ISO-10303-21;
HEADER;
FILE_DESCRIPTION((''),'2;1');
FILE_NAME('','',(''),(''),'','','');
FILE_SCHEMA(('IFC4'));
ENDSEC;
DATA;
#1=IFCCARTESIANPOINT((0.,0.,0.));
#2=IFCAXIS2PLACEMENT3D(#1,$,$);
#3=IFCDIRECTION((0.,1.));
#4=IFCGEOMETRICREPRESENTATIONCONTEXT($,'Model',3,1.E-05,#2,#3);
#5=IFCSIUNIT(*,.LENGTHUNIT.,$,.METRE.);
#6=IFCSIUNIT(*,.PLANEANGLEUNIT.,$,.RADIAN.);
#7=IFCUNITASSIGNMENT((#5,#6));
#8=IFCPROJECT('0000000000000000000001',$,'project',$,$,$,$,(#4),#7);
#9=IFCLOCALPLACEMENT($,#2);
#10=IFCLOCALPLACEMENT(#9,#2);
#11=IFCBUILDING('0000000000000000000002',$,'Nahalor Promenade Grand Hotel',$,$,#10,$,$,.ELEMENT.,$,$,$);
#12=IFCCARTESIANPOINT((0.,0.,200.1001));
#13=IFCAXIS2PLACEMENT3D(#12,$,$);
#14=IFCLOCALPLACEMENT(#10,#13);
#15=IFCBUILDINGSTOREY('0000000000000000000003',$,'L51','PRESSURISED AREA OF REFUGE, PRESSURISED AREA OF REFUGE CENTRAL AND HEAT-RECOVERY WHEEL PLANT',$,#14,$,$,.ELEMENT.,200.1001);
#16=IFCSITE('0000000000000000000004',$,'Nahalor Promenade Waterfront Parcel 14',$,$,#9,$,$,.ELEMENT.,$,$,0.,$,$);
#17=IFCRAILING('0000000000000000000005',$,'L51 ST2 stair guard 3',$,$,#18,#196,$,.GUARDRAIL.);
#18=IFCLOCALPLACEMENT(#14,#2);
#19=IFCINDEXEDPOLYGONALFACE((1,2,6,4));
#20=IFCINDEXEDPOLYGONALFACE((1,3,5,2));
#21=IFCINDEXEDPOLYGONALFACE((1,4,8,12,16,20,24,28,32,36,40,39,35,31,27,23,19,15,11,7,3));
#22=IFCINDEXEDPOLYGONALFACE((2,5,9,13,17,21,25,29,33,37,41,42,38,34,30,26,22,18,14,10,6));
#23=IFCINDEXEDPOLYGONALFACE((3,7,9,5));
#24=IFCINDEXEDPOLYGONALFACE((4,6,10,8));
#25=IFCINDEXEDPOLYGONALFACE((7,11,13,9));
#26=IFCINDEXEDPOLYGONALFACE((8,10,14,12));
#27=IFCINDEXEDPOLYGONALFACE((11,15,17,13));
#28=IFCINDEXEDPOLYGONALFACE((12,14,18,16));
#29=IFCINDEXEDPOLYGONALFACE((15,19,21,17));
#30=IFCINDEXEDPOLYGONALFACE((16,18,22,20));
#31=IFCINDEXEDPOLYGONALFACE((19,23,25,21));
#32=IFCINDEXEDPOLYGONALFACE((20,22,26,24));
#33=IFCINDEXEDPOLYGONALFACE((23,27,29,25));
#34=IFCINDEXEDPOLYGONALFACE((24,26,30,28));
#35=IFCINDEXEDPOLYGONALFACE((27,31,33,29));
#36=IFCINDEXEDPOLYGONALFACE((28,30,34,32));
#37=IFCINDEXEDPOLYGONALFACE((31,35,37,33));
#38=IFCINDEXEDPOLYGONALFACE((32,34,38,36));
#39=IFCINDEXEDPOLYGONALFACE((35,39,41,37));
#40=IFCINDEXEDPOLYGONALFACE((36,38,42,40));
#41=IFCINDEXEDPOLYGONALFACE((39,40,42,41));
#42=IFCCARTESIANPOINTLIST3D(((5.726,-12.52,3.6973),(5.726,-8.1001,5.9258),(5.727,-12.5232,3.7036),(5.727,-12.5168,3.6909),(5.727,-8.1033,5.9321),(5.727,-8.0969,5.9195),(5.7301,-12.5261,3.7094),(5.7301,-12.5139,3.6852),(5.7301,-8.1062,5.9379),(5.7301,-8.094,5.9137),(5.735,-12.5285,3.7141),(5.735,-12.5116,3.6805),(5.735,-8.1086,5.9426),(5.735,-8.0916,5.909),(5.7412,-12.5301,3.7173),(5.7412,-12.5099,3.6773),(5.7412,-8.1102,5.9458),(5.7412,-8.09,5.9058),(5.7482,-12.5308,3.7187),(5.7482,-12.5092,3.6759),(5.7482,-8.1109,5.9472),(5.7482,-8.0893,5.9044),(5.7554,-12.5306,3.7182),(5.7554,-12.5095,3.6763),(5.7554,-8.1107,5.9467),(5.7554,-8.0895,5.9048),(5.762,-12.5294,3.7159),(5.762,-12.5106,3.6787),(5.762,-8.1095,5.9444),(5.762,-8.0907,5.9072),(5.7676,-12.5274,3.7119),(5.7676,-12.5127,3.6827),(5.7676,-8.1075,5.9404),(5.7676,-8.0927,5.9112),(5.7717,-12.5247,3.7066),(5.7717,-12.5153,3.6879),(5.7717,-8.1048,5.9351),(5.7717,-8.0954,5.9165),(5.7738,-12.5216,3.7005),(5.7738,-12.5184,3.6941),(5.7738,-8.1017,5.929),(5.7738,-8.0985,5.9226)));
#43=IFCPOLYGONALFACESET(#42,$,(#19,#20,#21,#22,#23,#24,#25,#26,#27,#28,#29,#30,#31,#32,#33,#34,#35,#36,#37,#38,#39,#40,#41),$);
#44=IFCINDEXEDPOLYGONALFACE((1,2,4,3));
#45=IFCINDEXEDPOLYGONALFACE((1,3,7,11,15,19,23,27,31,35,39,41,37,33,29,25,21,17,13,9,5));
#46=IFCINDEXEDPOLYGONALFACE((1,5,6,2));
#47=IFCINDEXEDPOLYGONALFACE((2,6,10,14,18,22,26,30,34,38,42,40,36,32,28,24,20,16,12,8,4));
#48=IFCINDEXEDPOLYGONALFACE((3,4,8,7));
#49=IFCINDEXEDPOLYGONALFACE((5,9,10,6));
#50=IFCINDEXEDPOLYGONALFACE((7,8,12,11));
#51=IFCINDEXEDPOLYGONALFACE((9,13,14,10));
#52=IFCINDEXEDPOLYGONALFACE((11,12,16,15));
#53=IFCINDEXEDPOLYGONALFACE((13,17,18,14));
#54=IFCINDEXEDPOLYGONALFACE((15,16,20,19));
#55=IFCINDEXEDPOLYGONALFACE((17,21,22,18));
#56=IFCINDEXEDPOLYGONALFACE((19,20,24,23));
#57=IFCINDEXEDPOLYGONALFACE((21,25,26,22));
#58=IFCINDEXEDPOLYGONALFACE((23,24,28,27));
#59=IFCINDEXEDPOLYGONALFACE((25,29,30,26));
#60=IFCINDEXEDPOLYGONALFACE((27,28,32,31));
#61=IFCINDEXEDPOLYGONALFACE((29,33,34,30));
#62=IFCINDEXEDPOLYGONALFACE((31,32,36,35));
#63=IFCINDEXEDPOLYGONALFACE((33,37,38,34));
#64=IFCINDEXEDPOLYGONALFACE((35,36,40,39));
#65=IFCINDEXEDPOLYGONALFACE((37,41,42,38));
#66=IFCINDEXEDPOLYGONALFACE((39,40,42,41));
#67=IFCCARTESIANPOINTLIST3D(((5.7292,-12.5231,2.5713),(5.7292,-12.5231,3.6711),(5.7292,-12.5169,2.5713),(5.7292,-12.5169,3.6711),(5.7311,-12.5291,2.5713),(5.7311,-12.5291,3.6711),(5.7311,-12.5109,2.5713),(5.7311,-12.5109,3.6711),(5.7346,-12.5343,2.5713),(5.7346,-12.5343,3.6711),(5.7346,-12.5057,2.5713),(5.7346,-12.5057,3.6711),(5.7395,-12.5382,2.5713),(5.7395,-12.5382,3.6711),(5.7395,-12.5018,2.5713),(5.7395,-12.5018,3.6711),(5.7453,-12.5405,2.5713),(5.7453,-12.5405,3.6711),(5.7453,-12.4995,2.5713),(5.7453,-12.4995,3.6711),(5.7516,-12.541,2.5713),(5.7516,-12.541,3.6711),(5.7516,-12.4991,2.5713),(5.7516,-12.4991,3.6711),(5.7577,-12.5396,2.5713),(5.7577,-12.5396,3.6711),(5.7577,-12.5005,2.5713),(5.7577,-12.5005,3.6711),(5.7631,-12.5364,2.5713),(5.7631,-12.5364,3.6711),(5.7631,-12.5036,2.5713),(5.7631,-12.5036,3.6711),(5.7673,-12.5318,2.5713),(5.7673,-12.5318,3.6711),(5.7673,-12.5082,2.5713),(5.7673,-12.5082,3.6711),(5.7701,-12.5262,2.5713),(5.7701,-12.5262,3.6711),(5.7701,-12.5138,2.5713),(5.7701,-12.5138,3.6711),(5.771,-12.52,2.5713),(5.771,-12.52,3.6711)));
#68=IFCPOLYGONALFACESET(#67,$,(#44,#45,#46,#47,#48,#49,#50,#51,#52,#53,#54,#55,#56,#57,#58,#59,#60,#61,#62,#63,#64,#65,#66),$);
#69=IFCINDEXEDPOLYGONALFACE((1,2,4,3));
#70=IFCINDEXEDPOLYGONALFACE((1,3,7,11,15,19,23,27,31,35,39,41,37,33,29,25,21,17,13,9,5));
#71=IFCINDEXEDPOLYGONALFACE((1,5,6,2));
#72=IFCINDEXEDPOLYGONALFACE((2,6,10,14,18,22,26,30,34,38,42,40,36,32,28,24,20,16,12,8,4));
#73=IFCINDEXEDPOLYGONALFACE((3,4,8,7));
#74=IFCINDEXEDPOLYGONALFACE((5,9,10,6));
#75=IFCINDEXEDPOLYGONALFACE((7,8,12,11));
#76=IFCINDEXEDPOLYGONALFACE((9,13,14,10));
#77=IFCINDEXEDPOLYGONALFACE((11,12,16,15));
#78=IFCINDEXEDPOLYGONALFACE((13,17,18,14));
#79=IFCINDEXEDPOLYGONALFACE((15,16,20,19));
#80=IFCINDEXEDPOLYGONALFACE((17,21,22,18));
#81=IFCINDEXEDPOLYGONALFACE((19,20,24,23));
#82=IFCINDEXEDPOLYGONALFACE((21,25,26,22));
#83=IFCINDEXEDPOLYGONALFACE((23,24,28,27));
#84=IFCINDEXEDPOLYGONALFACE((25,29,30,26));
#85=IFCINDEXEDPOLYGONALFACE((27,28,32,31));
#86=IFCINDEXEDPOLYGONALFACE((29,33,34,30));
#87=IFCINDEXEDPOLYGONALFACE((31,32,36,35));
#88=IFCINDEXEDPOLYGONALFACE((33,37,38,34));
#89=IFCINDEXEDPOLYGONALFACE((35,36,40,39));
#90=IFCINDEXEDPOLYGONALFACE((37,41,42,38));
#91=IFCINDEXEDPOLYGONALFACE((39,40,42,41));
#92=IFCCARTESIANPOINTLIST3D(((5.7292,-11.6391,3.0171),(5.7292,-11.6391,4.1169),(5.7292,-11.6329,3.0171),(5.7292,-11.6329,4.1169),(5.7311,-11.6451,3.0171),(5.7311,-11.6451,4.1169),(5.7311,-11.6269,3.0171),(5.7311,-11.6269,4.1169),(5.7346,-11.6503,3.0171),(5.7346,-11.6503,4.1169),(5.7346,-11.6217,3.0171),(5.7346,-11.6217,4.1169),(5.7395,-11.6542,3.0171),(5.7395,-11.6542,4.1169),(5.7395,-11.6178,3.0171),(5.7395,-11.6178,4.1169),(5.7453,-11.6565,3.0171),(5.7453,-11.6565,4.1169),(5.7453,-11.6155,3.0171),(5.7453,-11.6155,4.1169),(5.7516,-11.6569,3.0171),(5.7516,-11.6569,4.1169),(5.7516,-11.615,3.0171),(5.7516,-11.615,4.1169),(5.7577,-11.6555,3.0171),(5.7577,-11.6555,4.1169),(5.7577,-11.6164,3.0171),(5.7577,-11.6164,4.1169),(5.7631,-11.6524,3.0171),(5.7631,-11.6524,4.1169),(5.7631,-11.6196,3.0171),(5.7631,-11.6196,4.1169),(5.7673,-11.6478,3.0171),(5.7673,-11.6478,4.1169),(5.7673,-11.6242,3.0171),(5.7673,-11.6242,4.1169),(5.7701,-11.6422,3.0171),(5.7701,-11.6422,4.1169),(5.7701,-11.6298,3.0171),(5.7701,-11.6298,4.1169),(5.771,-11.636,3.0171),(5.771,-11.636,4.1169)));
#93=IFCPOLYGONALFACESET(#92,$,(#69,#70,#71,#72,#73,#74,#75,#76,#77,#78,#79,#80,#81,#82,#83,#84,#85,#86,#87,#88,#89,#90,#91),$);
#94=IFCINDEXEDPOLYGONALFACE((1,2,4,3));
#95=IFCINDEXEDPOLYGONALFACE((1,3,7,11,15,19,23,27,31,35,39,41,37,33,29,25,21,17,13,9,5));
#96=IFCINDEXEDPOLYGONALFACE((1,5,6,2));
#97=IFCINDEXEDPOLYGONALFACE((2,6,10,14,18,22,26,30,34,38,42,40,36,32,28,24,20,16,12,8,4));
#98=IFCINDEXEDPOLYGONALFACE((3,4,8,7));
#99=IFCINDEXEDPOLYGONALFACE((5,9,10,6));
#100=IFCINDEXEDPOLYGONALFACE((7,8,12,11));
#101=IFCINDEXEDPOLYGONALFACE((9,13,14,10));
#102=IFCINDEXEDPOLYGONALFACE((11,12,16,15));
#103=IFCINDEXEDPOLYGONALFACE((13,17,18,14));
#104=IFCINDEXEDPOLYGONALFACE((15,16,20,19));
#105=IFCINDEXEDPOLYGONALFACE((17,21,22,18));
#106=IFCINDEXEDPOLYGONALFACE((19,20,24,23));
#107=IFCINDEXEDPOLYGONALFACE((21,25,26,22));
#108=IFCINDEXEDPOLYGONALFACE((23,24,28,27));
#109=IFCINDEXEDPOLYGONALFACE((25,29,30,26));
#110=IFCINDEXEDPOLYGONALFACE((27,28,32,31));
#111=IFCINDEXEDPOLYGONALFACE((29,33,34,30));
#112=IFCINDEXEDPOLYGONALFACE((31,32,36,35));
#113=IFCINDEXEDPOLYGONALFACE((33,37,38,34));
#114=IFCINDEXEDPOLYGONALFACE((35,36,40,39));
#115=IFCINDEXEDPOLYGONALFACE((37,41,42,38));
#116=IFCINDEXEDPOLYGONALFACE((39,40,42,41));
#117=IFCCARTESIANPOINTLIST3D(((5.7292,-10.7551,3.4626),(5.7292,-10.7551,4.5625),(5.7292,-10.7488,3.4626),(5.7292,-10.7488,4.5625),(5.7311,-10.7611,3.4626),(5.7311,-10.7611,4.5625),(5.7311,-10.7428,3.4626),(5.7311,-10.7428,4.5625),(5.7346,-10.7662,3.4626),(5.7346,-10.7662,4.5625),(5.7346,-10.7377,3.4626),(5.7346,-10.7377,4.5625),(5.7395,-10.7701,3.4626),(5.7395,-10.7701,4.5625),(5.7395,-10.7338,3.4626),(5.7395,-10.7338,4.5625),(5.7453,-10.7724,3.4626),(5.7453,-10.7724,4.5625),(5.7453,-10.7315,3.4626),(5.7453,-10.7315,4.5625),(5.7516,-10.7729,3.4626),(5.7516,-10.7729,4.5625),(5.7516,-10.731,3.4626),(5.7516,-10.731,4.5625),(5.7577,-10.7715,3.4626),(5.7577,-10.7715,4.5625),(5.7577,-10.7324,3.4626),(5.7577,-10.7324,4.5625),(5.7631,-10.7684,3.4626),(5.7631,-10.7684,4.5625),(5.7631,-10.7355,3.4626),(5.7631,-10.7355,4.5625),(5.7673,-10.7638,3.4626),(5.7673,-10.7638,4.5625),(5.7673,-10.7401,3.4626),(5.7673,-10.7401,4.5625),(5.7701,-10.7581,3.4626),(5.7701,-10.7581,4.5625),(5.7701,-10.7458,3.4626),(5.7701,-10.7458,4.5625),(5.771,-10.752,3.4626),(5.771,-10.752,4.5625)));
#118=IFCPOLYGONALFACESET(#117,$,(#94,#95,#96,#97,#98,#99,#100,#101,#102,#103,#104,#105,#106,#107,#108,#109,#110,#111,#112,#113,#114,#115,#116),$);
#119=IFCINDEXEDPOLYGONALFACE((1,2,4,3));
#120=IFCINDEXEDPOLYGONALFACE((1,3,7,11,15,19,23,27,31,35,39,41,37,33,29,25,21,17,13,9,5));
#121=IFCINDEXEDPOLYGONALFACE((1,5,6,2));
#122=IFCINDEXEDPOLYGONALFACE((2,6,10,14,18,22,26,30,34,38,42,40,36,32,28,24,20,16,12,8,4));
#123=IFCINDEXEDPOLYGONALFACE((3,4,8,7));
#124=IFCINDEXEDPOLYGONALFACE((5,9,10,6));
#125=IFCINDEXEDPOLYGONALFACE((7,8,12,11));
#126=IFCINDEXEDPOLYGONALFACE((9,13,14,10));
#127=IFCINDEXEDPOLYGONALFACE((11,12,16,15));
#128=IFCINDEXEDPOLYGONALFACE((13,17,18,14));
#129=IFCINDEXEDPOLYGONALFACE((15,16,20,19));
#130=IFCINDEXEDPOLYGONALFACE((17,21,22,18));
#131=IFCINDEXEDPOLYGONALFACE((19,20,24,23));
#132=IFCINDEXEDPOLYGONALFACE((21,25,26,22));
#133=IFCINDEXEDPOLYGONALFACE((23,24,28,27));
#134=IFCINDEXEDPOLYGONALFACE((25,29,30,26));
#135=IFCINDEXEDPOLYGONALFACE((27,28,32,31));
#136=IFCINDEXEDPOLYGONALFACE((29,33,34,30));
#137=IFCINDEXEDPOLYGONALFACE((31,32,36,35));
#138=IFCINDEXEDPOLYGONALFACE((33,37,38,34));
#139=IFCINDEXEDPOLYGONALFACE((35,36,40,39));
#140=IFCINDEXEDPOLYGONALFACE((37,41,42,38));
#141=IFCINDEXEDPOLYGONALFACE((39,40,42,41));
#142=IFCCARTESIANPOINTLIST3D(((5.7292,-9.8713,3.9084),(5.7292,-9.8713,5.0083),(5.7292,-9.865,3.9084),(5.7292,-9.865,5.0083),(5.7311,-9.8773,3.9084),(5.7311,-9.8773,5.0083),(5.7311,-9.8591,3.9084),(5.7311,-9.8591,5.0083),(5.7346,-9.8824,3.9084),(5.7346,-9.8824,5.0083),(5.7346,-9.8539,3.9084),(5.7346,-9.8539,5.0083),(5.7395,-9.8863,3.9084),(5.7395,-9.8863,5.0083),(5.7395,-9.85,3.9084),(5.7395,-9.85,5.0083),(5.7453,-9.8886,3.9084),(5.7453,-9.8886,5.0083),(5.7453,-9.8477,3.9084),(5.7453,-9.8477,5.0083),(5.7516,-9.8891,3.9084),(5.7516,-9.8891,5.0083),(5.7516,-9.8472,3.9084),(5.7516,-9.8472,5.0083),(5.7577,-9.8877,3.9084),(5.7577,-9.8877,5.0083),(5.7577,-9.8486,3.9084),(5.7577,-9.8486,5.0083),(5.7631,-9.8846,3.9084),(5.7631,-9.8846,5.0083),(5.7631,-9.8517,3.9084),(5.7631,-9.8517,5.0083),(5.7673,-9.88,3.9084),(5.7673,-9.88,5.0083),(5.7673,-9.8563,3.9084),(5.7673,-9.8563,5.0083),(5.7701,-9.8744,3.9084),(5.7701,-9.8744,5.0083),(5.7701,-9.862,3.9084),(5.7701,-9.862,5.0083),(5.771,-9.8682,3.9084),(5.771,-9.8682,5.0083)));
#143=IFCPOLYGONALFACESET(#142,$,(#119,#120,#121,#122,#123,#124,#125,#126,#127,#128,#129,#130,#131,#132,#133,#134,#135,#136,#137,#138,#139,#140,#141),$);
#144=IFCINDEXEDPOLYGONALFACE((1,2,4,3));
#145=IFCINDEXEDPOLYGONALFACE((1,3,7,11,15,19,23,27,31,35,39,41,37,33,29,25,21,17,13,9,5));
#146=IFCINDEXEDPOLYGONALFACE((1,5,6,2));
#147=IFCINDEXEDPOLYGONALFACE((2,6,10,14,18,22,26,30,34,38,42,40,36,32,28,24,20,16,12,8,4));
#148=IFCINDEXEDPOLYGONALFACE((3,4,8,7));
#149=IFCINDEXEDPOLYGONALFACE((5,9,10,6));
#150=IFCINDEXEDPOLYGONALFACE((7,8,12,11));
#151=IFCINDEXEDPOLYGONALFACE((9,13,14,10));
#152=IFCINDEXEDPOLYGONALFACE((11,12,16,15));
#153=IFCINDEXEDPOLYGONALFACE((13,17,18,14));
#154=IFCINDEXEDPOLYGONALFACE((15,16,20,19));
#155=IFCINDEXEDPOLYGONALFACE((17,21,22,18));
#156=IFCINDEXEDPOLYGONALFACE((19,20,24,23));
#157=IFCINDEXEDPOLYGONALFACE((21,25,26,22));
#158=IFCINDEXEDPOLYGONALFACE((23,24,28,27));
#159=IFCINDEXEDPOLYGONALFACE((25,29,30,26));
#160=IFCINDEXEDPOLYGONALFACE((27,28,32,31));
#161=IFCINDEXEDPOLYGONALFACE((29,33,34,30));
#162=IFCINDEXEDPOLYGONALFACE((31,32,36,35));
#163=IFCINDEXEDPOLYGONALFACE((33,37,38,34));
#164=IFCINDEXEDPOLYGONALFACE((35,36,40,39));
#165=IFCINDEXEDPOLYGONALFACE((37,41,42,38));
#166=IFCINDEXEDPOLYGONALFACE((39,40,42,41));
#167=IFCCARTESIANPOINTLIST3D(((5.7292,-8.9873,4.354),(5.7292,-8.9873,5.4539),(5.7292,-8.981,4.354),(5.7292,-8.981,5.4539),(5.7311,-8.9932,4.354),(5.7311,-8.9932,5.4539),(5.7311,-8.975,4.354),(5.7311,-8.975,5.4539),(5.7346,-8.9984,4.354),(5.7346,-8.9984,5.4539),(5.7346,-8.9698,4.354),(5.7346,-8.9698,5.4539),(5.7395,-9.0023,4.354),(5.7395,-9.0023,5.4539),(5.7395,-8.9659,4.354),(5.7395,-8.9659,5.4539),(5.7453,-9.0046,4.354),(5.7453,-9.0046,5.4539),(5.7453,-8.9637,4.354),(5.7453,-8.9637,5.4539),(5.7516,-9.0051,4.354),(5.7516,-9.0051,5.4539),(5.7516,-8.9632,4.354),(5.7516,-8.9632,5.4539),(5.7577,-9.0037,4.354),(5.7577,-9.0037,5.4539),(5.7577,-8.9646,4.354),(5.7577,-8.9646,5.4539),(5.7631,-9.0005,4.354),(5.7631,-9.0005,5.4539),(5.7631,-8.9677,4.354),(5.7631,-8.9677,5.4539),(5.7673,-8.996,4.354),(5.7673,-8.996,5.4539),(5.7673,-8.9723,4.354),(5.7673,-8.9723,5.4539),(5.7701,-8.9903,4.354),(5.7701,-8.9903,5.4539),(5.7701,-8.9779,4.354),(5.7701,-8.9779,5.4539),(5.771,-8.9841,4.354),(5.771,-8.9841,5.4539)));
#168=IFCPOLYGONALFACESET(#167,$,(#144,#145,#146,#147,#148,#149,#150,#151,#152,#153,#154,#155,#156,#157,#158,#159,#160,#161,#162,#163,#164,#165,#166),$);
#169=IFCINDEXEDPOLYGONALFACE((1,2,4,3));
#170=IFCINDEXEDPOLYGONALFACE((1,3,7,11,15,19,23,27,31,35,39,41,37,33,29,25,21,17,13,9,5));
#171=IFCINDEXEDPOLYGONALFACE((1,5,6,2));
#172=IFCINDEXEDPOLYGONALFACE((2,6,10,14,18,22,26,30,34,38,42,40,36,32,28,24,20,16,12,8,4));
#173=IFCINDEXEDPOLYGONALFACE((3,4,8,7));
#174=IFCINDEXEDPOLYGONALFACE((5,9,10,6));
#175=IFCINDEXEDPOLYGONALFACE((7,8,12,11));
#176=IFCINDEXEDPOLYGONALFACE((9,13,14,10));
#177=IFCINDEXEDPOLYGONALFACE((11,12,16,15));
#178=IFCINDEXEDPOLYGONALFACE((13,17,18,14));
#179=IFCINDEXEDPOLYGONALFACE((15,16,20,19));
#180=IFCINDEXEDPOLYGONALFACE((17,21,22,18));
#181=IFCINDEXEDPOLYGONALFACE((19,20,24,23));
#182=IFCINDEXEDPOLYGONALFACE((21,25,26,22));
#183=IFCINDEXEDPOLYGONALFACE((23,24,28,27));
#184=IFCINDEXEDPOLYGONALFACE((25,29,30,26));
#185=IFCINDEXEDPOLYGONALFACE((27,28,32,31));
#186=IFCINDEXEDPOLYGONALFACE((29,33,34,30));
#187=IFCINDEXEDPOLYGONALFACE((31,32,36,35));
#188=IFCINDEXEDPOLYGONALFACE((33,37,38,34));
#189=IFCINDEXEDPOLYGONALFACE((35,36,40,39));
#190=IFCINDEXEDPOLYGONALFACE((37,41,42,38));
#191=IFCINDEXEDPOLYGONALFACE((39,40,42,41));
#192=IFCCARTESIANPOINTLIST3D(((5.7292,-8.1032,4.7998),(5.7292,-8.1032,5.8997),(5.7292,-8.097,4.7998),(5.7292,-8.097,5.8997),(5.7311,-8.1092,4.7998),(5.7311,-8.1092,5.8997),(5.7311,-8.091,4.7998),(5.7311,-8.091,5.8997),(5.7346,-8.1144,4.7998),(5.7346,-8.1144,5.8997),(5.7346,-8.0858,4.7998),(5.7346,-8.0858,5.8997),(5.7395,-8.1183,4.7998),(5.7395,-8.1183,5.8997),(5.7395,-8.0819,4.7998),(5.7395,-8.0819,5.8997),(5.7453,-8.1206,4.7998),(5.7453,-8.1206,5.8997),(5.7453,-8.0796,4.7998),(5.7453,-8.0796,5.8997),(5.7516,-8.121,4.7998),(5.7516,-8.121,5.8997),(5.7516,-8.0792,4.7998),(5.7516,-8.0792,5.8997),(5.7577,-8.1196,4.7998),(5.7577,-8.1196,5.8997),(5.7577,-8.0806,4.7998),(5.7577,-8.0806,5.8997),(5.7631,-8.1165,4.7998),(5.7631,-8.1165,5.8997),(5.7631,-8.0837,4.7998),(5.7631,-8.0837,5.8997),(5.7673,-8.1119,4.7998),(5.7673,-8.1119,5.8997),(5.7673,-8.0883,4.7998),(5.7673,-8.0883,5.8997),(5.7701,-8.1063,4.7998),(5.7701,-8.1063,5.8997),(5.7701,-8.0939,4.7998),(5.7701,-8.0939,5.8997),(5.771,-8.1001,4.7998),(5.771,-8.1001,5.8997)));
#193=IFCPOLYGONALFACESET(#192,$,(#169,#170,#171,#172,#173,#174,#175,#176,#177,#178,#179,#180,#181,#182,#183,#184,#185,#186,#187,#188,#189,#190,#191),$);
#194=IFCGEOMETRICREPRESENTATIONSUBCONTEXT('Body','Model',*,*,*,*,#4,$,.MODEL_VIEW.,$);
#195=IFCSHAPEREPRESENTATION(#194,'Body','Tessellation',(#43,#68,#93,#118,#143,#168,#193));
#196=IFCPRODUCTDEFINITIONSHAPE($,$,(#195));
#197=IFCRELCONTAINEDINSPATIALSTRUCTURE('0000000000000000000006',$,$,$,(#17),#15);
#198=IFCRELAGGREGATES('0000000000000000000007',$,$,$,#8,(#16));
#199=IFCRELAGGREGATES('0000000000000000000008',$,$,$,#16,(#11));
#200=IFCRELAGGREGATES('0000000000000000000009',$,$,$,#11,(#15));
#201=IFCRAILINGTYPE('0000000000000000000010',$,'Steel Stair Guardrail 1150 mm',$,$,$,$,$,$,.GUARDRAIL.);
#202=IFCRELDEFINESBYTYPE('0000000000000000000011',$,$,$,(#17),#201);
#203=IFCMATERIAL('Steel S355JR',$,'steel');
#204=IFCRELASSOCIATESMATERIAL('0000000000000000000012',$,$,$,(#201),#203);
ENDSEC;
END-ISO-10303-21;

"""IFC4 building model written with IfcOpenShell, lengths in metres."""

from ifc_helpers import new_model, si_unit, direction, frame, origin, origin_2d, place, context, subcontext, project, spatial, circle, extrude, material, type_object, element, save


model = new_model("IFC4")

# Units and contexts
model_context = context("Model", 3, precision=1e-05, world=origin(), true_north=direction((0.0, 1.0)))
body_context = subcontext(model_context, "Body", "Model", "MODEL_VIEW")
ifc_project = project(units=[si_unit("LENGTHUNIT", "METRE"), si_unit("PLANEANGLEUNIT", "RADIAN")], contexts=[model_context])

# Site, building, storey
site_placement = place(None, origin())
site = spatial("IfcSite", under=ifc_project, at=site_placement, Name="Nahalor Promenade Waterfront Parcel 14", CompositionType="ELEMENT", RefElevation=0.0)
building_placement = place(site_placement, origin())
building = spatial("IfcBuilding", under=site, at=building_placement, Name="Nahalor Promenade Grand Hotel", CompositionType="ELEMENT")
storey_placement = place(building_placement, frame((0.0, 0.0, 200.1001)))
storey = spatial("IfcBuildingStorey", under=building, at=storey_placement, Name="L51", Description="PRESSURISED AREA OF REFUGE, PRESSURISED AREA OF REFUGE CENTRAL AND HEAT-RECOVERY WHEEL PLANT", CompositionType="ELEMENT", Elevation=200.1001)

# Shared definitions
ifc_material_1 = material(Name="Steel S355JR", Category="steel")

# Railing
railing_type_1 = type_object("IfcRailingType", Name="Steel Stair Guardrail 1150 mm", PredefinedType="GUARDRAIL", material=ifc_material_1)
railing_1_placement = place(storey_placement, frame((5.75, -12.52, 2.5713)))
element("IfcRailing", 1, at=railing_1_placement, inside=storey, type_object=railing_type_1, Name="L51 ST2 stair guard 3", PredefinedType="GUARDRAIL", context=body_context, shape_type="SweptSolid", body=[
    extrude(circle(Radius=0.024, at=origin_2d()), frame((0.0, 0.0, 1.126), z_axis=(0.0, 0.892923, 0.45021), x_axis=(-1.0, 0.0, 0.0)), (0.0, 0.0, 1.0), 4.95),
    extrude(circle(Radius=0.021, at=origin_2d()), origin(), (0.0, 0.0, 1.0), 1.0999),
    extrude(circle(Radius=0.021, at=origin_2d()), frame((0.0, 0.884, 0.4458)), (0.0, 0.0, 1.0), 1.0999),
    extrude(circle(Radius=0.021, at=origin_2d()), frame((0.0, 1.7681, 0.8914)), (0.0, 0.0, 1.0), 1.0999),
    extrude(circle(Radius=0.021, at=origin_2d()), frame((0.0, 2.6519, 1.3372)), (0.0, 0.0, 1.0), 1.0999),
    extrude(circle(Radius=0.021, at=origin_2d()), frame((0.0, 3.5359, 1.7827)), (0.0, 0.0, 1.0), 1.0999),
    extrude(circle(Radius=0.021, at=origin_2d()), frame((0.0, 4.4199, 2.2285)), (0.0, 0.0, 1.0), 1.0999),
])

save(model, "model.ifc")
